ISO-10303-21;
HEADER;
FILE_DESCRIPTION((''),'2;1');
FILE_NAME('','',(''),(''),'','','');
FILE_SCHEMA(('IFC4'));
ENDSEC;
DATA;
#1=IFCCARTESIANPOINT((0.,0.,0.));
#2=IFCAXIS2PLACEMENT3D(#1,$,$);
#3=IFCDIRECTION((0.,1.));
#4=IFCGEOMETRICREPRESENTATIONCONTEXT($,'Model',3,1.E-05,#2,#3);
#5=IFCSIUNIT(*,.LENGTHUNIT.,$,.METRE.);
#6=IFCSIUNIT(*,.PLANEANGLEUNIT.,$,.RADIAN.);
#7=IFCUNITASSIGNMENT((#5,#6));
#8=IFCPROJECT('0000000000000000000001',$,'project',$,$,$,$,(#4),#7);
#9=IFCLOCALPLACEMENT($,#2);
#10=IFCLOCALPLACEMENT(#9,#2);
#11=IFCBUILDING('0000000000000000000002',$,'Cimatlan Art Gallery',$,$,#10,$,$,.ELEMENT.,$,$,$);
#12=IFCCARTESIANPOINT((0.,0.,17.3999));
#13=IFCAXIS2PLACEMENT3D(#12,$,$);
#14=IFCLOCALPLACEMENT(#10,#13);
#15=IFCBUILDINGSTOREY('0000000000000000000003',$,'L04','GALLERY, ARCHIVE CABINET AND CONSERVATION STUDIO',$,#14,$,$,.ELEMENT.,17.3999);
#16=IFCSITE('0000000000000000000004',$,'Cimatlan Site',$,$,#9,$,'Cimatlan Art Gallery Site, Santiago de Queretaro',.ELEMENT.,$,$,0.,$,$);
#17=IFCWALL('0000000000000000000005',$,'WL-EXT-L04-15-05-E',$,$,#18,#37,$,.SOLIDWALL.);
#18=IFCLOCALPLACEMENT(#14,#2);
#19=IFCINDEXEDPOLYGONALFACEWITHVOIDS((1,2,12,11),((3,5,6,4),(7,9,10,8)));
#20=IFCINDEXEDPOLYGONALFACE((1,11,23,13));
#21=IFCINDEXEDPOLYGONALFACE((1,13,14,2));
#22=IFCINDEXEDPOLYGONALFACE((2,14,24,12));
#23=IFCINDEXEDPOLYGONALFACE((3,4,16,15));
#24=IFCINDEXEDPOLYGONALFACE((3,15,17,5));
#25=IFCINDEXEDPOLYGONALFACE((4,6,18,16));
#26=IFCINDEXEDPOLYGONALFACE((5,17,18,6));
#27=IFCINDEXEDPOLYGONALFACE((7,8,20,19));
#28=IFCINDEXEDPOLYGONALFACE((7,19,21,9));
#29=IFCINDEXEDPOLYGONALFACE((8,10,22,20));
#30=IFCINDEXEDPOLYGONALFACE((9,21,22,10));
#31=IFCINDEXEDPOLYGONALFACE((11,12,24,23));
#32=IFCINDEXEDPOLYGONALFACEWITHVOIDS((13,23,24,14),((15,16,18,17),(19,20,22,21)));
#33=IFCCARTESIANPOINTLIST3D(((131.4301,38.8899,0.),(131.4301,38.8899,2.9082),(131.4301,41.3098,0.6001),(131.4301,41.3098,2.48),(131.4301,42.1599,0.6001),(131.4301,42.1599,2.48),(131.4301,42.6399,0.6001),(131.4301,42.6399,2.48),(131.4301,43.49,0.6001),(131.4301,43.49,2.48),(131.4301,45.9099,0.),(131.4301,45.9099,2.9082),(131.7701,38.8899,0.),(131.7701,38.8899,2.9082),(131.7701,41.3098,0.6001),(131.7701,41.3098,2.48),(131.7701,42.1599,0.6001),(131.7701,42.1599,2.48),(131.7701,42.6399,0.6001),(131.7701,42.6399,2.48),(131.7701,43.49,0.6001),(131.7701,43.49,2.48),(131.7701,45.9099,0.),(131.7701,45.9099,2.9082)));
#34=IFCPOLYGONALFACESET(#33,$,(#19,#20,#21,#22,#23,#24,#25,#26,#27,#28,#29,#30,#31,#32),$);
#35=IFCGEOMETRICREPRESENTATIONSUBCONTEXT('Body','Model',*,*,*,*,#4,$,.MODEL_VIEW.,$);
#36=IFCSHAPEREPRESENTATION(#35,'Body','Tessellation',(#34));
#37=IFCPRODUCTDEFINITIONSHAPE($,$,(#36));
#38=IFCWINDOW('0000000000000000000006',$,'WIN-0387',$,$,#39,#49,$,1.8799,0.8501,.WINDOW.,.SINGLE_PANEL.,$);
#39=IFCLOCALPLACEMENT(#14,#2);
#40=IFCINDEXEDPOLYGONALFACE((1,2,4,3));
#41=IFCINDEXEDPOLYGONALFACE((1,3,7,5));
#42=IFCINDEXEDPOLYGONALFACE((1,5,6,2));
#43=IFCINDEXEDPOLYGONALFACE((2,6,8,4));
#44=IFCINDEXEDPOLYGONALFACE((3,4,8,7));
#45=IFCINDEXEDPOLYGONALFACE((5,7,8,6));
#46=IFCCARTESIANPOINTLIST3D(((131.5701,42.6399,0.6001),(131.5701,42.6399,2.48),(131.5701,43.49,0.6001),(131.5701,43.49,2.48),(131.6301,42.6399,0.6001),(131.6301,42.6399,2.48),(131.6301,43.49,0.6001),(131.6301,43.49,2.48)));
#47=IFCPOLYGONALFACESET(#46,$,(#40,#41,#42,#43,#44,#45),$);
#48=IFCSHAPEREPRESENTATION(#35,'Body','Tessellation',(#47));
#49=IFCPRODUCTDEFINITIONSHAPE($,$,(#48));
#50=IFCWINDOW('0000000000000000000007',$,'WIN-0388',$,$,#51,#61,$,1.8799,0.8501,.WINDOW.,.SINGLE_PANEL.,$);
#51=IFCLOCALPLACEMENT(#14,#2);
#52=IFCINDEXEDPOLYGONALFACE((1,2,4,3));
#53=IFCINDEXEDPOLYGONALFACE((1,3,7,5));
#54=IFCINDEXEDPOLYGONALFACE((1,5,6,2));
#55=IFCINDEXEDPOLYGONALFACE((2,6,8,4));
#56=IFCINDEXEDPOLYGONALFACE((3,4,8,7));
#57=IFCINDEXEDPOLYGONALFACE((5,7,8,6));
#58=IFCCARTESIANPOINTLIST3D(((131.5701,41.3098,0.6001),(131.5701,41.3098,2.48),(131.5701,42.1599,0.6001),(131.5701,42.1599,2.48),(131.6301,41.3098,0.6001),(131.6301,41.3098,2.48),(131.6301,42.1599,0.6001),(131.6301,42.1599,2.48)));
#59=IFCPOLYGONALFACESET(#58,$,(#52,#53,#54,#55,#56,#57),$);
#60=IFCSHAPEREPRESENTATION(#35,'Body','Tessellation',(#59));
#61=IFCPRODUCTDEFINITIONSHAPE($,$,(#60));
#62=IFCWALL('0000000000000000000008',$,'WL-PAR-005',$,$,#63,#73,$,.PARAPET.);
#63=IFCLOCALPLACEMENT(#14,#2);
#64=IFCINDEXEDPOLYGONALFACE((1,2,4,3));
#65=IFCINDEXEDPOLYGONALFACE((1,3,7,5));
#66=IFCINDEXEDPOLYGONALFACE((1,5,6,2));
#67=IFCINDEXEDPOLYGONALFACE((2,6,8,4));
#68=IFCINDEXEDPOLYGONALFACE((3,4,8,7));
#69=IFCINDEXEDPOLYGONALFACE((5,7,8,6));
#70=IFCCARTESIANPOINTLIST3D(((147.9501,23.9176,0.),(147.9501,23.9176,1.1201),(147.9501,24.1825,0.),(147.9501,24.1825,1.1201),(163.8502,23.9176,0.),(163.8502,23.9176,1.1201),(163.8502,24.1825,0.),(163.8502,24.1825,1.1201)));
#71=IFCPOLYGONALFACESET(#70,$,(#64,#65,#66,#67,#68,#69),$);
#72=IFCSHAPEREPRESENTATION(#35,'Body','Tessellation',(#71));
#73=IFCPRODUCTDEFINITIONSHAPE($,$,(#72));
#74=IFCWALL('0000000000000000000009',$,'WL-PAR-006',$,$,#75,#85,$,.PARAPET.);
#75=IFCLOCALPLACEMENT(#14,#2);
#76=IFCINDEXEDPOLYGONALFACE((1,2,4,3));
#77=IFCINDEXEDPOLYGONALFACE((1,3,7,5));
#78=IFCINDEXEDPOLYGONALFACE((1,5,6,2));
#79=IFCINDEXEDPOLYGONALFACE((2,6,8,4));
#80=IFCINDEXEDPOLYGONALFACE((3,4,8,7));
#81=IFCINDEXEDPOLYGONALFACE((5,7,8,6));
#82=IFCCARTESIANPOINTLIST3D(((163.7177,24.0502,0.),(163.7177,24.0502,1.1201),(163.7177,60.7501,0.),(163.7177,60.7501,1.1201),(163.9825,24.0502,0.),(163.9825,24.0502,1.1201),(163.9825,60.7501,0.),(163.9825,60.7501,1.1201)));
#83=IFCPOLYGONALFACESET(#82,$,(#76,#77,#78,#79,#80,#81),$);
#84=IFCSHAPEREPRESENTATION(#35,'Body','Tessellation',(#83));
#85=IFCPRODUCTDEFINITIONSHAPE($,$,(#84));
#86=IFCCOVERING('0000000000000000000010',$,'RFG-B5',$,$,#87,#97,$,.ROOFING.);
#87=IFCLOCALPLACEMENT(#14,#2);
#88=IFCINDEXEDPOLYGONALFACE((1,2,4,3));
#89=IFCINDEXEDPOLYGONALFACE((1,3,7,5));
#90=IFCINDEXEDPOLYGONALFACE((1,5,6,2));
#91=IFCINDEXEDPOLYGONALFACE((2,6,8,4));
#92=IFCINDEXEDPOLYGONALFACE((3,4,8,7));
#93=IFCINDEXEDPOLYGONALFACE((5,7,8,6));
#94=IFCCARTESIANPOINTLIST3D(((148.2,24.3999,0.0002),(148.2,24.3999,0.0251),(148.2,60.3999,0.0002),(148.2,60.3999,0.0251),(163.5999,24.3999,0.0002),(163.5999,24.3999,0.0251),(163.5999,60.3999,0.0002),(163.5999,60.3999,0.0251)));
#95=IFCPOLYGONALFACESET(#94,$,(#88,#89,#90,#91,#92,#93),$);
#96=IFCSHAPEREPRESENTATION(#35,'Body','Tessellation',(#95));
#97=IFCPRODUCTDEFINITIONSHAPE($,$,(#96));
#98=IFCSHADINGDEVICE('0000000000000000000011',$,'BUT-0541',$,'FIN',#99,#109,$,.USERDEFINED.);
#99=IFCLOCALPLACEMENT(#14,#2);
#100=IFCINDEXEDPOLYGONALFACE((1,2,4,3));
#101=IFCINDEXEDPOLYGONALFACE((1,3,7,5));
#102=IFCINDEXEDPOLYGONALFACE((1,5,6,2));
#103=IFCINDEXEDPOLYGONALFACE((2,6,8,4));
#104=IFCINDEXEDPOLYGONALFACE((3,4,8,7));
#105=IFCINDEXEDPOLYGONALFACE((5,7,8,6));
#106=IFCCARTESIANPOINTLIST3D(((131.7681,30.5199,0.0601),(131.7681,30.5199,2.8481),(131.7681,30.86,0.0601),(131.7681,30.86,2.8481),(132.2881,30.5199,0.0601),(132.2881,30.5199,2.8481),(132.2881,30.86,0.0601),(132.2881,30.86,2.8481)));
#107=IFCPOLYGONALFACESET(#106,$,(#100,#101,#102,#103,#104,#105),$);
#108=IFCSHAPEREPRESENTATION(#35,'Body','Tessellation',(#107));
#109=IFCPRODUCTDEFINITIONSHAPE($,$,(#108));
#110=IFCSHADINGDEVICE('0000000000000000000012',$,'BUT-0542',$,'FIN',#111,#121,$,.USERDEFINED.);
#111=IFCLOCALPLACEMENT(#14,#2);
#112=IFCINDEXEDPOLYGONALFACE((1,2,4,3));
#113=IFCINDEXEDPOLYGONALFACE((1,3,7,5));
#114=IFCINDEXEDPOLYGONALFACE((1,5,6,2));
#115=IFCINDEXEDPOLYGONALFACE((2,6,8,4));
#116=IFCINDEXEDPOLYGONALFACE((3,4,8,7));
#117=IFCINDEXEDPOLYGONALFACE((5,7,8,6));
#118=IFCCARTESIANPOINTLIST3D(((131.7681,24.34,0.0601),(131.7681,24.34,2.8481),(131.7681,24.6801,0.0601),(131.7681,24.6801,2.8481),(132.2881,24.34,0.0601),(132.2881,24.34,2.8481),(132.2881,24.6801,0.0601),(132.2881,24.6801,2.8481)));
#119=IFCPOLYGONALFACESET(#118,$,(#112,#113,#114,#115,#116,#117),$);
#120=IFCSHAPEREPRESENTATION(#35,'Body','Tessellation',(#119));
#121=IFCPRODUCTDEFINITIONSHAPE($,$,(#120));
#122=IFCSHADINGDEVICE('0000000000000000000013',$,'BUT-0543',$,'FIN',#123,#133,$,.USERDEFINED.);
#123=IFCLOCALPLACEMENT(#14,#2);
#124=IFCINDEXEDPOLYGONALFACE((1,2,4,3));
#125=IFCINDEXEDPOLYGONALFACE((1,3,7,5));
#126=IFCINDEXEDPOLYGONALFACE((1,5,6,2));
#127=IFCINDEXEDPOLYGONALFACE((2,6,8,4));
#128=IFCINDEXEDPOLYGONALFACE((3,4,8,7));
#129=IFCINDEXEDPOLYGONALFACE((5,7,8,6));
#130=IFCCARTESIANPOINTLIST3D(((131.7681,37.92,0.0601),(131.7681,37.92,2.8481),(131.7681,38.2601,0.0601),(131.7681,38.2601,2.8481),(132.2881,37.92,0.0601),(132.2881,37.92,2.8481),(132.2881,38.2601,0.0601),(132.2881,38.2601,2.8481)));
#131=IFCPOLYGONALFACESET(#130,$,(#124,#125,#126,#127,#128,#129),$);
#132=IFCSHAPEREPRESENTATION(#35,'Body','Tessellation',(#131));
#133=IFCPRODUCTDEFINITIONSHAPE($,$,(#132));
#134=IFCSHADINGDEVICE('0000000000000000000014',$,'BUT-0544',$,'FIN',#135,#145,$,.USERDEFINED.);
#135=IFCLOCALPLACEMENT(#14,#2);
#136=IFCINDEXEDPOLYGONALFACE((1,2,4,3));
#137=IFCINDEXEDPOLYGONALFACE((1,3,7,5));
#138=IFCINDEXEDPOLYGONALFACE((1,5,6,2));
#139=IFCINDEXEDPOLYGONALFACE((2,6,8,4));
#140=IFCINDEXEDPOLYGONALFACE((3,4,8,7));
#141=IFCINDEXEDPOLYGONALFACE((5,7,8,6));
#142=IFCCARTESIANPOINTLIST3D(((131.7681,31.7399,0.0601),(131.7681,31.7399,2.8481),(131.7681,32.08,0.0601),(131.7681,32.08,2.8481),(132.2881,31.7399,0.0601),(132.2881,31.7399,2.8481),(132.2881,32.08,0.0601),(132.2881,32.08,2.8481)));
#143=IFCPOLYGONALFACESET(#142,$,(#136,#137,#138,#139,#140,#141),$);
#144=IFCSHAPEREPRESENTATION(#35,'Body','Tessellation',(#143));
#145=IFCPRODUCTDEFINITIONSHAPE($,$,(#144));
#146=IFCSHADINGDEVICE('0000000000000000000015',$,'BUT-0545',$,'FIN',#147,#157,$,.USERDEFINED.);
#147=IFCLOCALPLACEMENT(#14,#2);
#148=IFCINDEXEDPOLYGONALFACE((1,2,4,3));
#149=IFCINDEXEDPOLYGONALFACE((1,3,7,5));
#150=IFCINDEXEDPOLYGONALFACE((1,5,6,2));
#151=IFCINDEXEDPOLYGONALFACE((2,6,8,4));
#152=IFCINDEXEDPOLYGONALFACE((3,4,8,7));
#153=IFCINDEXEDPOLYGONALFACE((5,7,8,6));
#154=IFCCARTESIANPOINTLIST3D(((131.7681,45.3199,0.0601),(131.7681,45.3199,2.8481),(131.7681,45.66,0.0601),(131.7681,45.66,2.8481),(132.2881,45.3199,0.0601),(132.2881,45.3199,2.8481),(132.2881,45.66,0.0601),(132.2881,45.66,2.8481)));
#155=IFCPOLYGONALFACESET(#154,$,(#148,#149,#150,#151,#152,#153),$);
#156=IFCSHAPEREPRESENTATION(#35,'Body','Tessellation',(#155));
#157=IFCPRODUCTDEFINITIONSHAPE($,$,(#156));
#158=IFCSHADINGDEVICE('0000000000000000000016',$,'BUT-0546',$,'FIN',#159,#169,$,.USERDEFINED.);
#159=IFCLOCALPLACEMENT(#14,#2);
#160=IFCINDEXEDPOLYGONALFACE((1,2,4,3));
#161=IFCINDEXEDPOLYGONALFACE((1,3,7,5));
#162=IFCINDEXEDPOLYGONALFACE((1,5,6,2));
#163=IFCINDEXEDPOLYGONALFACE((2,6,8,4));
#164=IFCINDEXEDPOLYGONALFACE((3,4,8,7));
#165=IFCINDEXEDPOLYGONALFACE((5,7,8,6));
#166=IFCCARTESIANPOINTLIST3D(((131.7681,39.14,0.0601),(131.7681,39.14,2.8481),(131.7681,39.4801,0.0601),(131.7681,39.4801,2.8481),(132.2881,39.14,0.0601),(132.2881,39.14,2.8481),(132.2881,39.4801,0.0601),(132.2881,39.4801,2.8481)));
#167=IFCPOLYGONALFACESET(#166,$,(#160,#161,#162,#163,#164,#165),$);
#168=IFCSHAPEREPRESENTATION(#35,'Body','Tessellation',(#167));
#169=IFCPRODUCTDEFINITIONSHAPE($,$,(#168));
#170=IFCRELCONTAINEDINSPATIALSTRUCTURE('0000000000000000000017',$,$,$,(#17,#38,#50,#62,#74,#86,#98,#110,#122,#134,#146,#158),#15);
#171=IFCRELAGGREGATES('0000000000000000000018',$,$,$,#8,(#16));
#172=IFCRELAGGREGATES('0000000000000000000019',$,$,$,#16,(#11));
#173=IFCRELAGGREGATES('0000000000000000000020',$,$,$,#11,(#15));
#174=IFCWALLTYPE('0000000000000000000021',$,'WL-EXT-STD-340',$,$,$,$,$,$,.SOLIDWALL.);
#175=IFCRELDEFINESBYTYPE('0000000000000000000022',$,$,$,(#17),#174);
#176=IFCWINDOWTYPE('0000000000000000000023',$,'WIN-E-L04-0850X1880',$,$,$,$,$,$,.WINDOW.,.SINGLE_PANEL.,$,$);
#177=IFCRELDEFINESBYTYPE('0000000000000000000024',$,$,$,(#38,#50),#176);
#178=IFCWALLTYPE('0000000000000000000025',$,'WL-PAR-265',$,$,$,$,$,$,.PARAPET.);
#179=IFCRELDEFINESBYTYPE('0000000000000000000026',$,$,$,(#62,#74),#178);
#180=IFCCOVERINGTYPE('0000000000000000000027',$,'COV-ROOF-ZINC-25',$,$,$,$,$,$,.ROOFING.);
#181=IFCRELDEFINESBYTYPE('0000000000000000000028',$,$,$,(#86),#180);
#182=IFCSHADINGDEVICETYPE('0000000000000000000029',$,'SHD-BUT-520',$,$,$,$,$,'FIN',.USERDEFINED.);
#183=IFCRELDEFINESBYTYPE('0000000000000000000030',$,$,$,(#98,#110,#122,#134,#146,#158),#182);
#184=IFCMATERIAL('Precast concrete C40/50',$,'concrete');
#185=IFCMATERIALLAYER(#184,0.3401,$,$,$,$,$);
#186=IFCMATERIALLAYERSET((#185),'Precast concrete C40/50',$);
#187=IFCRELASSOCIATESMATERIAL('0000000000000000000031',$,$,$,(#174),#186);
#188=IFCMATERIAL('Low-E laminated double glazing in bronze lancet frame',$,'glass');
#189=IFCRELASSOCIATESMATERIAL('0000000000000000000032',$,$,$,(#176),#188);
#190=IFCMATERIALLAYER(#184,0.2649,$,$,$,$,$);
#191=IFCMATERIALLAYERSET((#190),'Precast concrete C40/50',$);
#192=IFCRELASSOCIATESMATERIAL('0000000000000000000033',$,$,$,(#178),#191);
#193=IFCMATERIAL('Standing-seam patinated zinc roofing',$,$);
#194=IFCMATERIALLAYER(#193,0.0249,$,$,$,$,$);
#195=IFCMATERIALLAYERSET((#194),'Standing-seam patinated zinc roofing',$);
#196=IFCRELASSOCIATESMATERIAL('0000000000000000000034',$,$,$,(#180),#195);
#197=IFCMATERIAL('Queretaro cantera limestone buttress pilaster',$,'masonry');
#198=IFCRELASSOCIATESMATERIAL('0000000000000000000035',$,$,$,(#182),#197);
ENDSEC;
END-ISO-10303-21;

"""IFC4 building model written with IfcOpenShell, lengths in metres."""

from ifc_helpers import new_model, si_unit, direction, frame, frame_2d, origin, origin_2d, place, context, subcontext, project, spatial, rectangle, extrude, material, layer, layer_set, type_object, element, fill, save


model = new_model("IFC4")

# Units and contexts
model_context = context("Model", 3, precision=1e-05, world=origin(), true_north=direction((0.0, 1.0)))
body_context = subcontext(model_context, "Body", "Model", "MODEL_VIEW")
ifc_project = project(units=[si_unit("LENGTHUNIT", "METRE"), si_unit("PLANEANGLEUNIT", "RADIAN")], contexts=[model_context])

# Site, building, storey
site_placement = place(None, origin())
site = spatial("IfcSite", under=ifc_project, at=site_placement, Name="Cimatlan Site", LongName="Cimatlan Art Gallery Site, Santiago de Queretaro", CompositionType="ELEMENT", RefElevation=0.0)
building_placement = place(site_placement, origin())
building = spatial("IfcBuilding", under=site, at=building_placement, Name="Cimatlan Art Gallery", CompositionType="ELEMENT")
storey_placement = place(building_placement, frame((0.0, 0.0, 17.3999)))
storey = spatial("IfcBuildingStorey", under=building, at=storey_placement, Name="L04", Description="GALLERY, ARCHIVE CABINET AND CONSERVATION STUDIO", CompositionType="ELEMENT", Elevation=17.3999)

# Wall, openings, windows
ifc_material_1 = material(Name="Precast concrete C40/50", Category="concrete")
ifc_layer_1 = layer(ifc_material_1, 0.3401)
ifc_layer_set_1 = layer_set([ifc_layer_1], Name="Precast concrete C40/50")
wall_type_1 = type_object("IfcWallType", Name="WL-EXT-STD-340", PredefinedType="SOLIDWALL", material=ifc_layer_set_1)
ifc_material_2 = material(Name="Low-E laminated double glazing in bronze lancet frame", Category="glass")
window_type = type_object("IfcWindowType", Name="WIN-E-L04-0850X1880", PartitioningType="SINGLE_PANEL", PredefinedType="WINDOW", material=ifc_material_2)
wall_1_placement = place(storey_placement, frame((131.6001, 45.9099, 0.0), z_axis=(0.0, 0.0, 1.0), x_axis=(0.0, -1.0, 0.0)))
wall_1 = element("IfcWall", 1, at=wall_1_placement, inside=storey, type_object=wall_type_1, Name="WL-EXT-L04-15-05-E", PredefinedType="SOLIDWALL", context=body_context, shape_type="SweptSolid", body=[
    extrude(rectangle(XDim=7.02, YDim=0.3401, at=frame_2d((3.51, 0.0))), origin(), (0.0, 0.0, 1.0), 2.9082),
])
opening_1_placement = place(wall_1_placement, frame((2.4199, 0.0, 0.6001)))
opening_1 = element("IfcOpeningElement", 2, at=opening_1_placement, cuts=wall_1, PredefinedType="OPENING", context=body_context, shape_type="SweptSolid", body=[
    extrude(rectangle(XDim=0.8501, YDim=1.8799, at=frame_2d((0.425, 0.9399))), frame((0.0, 0.1802, 0.0), z_axis=(0.0, -1.0, 0.0), x_axis=(1.0, 0.0, 0.0)), (0.0, 0.0, 1.0), 0.3601),
])
opening_2_placement = place(wall_1_placement, frame((3.75, 0.0, 0.6001)))
opening_2 = element("IfcOpeningElement", 3, at=opening_2_placement, cuts=wall_1, PredefinedType="OPENING", context=body_context, shape_type="SweptSolid", body=[
    extrude(rectangle(XDim=0.8501, YDim=1.8799, at=frame_2d((0.425, 0.9399))), frame((0.0, 0.1802, 0.0), z_axis=(0.0, -1.0, 0.0), x_axis=(1.0, 0.0, 0.0)), (0.0, 0.0, 1.0), 0.3601),
])
window_1_placement = place(opening_1_placement, origin())
window_1 = element("IfcWindow", 4, at=window_1_placement, inside=storey, type_object=window_type, Name="WIN-0387", OverallHeight=1.8799, OverallWidth=0.8501, PartitioningType="SINGLE_PANEL", PredefinedType="WINDOW", context=body_context, shape_type="SweptSolid", body=[
    extrude(rectangle(XDim=0.8501, YDim=1.8799, at=frame_2d((0.425, 0.9399))), frame((0.0, 0.03, 0.0), z_axis=(0.0, -1.0, 0.0), x_axis=(1.0, 0.0, 0.0)), (0.0, 0.0, 1.0), 0.0601),
])
fill(opening_1, window_1)
window_2_placement = place(opening_2_placement, origin())
window_2 = element("IfcWindow", 5, at=window_2_placement, inside=storey, type_object=window_type, Name="WIN-0388", OverallHeight=1.8799, OverallWidth=0.8501, PartitioningType="SINGLE_PANEL", PredefinedType="WINDOW", context=body_context, shape_type="SweptSolid", body=[
    extrude(rectangle(XDim=0.8501, YDim=1.8799, at=frame_2d((0.425, 0.9399))), frame((0.0, 0.03, 0.0), z_axis=(0.0, -1.0, 0.0), x_axis=(1.0, 0.0, 0.0)), (0.0, 0.0, 1.0), 0.0601),
])
fill(opening_2, window_2)

# Walls
ifc_layer_2 = layer(ifc_material_1, 0.2649)
ifc_layer_set_2 = layer_set([ifc_layer_2], Name="Precast concrete C40/50")
wall_type_2 = type_object("IfcWallType", Name="WL-PAR-265", PredefinedType="PARAPET", material=ifc_layer_set_2)
wall_2_placement = place(storey_placement, frame((147.95, 24.05, 0.0), z_axis=(0.0, 0.0, 1.0), x_axis=(1.0, 0.0, 0.0)))
element("IfcWall", 6, at=wall_2_placement, inside=storey, type_object=wall_type_2, Name="WL-PAR-005", PredefinedType="PARAPET", context=body_context, shape_type="SweptSolid", body=[
    extrude(rectangle(XDim=15.9001, YDim=0.2649, at=frame_2d((7.9502, 0.0))), origin(), (0.0, 0.0, 1.0), 1.1201),
])
wall_3_placement = place(storey_placement, frame((163.8501, 24.05, 0.0), z_axis=(0.0, 0.0, 1.0), x_axis=(0.0, 1.0, 0.0)))
element("IfcWall", 7, at=wall_3_placement, inside=storey, type_object=wall_type_2, Name="WL-PAR-006", PredefinedType="PARAPET", context=body_context, shape_type="SweptSolid", body=[
    extrude(rectangle(XDim=36.7, YDim=0.2649, at=frame_2d((18.3501, 0.0))), origin(), (0.0, 0.0, 1.0), 1.1201),
])

# Covering
ifc_material_3 = material(Name="Standing-seam patinated zinc roofing")
ifc_layer_3 = layer(ifc_material_3, 0.0249)
ifc_layer_set_3 = layer_set([ifc_layer_3], Name="Standing-seam patinated zinc roofing")
covering_type = type_object("IfcCoveringType", Name="COV-ROOF-ZINC-25", PredefinedType="ROOFING", material=ifc_layer_set_3)
covering_placement = place(storey_placement, frame((155.8999, 42.3999, 0.0002), z_axis=(0.0, 0.0, 1.0), x_axis=(1.0, 0.0, 0.0)))
element("IfcCovering", 8, at=covering_placement, inside=storey, type_object=covering_type, Name="RFG-B5", PredefinedType="ROOFING", context=body_context, shape_type="SweptSolid", body=[
    extrude(rectangle(XDim=15.3999, YDim=36.0, at=origin_2d()), origin(), (0.0, 0.0, 1.0), 0.0249),
])

# Shading devices
ifc_material_4 = material(Name="Queretaro cantera limestone buttress pilaster", Category="masonry")
shading_device_type = type_object("IfcShadingDeviceType", Name="SHD-BUT-520", ElementType="FIN", PredefinedType="USERDEFINED", material=ifc_material_4)
for number, where, z_axis, x_axis, name in (
    (9, (132.0281, 30.6899, 0.0601), (0.0, 0.0, 1.0), (0.0, -1.0, 0.0), "BUT-0541"),
    (10, (132.0281, 24.51, 0.0601), (0.0, 0.0, 1.0), (0.0, -1.0, 0.0), "BUT-0542"),
    (11, (132.0281, 38.0901, 0.0601), (0.0, 0.0, 1.0), (0.0, -1.0, 0.0), "BUT-0543"),
    (12, (132.0281, 31.9099, 0.0601), (0.0, 0.0, 1.0), (0.0, -1.0, 0.0), "BUT-0544"),
    (13, (132.0281, 45.49, 0.0601), (0.0, 0.0, 1.0), (0.0, -1.0, 0.0), "BUT-0545"),
    (14, (132.0281, 39.3101, 0.0601), (0.0, 0.0, 1.0), (0.0, -1.0, 0.0), "BUT-0546"),
):
    element("IfcShadingDevice", number, at=place(storey_placement, frame(where, z_axis=z_axis, x_axis=x_axis)), inside=storey, type_object=shading_device_type, Name=name, ObjectType="FIN", PredefinedType="USERDEFINED", context=body_context, shape_type="SweptSolid", body=[
        extrude(rectangle(XDim=0.3401, YDim=0.52, at=origin_2d()), origin(), (0.0, 0.0, 1.0), 2.7881),
    ])

save(model, "model.ifc")
